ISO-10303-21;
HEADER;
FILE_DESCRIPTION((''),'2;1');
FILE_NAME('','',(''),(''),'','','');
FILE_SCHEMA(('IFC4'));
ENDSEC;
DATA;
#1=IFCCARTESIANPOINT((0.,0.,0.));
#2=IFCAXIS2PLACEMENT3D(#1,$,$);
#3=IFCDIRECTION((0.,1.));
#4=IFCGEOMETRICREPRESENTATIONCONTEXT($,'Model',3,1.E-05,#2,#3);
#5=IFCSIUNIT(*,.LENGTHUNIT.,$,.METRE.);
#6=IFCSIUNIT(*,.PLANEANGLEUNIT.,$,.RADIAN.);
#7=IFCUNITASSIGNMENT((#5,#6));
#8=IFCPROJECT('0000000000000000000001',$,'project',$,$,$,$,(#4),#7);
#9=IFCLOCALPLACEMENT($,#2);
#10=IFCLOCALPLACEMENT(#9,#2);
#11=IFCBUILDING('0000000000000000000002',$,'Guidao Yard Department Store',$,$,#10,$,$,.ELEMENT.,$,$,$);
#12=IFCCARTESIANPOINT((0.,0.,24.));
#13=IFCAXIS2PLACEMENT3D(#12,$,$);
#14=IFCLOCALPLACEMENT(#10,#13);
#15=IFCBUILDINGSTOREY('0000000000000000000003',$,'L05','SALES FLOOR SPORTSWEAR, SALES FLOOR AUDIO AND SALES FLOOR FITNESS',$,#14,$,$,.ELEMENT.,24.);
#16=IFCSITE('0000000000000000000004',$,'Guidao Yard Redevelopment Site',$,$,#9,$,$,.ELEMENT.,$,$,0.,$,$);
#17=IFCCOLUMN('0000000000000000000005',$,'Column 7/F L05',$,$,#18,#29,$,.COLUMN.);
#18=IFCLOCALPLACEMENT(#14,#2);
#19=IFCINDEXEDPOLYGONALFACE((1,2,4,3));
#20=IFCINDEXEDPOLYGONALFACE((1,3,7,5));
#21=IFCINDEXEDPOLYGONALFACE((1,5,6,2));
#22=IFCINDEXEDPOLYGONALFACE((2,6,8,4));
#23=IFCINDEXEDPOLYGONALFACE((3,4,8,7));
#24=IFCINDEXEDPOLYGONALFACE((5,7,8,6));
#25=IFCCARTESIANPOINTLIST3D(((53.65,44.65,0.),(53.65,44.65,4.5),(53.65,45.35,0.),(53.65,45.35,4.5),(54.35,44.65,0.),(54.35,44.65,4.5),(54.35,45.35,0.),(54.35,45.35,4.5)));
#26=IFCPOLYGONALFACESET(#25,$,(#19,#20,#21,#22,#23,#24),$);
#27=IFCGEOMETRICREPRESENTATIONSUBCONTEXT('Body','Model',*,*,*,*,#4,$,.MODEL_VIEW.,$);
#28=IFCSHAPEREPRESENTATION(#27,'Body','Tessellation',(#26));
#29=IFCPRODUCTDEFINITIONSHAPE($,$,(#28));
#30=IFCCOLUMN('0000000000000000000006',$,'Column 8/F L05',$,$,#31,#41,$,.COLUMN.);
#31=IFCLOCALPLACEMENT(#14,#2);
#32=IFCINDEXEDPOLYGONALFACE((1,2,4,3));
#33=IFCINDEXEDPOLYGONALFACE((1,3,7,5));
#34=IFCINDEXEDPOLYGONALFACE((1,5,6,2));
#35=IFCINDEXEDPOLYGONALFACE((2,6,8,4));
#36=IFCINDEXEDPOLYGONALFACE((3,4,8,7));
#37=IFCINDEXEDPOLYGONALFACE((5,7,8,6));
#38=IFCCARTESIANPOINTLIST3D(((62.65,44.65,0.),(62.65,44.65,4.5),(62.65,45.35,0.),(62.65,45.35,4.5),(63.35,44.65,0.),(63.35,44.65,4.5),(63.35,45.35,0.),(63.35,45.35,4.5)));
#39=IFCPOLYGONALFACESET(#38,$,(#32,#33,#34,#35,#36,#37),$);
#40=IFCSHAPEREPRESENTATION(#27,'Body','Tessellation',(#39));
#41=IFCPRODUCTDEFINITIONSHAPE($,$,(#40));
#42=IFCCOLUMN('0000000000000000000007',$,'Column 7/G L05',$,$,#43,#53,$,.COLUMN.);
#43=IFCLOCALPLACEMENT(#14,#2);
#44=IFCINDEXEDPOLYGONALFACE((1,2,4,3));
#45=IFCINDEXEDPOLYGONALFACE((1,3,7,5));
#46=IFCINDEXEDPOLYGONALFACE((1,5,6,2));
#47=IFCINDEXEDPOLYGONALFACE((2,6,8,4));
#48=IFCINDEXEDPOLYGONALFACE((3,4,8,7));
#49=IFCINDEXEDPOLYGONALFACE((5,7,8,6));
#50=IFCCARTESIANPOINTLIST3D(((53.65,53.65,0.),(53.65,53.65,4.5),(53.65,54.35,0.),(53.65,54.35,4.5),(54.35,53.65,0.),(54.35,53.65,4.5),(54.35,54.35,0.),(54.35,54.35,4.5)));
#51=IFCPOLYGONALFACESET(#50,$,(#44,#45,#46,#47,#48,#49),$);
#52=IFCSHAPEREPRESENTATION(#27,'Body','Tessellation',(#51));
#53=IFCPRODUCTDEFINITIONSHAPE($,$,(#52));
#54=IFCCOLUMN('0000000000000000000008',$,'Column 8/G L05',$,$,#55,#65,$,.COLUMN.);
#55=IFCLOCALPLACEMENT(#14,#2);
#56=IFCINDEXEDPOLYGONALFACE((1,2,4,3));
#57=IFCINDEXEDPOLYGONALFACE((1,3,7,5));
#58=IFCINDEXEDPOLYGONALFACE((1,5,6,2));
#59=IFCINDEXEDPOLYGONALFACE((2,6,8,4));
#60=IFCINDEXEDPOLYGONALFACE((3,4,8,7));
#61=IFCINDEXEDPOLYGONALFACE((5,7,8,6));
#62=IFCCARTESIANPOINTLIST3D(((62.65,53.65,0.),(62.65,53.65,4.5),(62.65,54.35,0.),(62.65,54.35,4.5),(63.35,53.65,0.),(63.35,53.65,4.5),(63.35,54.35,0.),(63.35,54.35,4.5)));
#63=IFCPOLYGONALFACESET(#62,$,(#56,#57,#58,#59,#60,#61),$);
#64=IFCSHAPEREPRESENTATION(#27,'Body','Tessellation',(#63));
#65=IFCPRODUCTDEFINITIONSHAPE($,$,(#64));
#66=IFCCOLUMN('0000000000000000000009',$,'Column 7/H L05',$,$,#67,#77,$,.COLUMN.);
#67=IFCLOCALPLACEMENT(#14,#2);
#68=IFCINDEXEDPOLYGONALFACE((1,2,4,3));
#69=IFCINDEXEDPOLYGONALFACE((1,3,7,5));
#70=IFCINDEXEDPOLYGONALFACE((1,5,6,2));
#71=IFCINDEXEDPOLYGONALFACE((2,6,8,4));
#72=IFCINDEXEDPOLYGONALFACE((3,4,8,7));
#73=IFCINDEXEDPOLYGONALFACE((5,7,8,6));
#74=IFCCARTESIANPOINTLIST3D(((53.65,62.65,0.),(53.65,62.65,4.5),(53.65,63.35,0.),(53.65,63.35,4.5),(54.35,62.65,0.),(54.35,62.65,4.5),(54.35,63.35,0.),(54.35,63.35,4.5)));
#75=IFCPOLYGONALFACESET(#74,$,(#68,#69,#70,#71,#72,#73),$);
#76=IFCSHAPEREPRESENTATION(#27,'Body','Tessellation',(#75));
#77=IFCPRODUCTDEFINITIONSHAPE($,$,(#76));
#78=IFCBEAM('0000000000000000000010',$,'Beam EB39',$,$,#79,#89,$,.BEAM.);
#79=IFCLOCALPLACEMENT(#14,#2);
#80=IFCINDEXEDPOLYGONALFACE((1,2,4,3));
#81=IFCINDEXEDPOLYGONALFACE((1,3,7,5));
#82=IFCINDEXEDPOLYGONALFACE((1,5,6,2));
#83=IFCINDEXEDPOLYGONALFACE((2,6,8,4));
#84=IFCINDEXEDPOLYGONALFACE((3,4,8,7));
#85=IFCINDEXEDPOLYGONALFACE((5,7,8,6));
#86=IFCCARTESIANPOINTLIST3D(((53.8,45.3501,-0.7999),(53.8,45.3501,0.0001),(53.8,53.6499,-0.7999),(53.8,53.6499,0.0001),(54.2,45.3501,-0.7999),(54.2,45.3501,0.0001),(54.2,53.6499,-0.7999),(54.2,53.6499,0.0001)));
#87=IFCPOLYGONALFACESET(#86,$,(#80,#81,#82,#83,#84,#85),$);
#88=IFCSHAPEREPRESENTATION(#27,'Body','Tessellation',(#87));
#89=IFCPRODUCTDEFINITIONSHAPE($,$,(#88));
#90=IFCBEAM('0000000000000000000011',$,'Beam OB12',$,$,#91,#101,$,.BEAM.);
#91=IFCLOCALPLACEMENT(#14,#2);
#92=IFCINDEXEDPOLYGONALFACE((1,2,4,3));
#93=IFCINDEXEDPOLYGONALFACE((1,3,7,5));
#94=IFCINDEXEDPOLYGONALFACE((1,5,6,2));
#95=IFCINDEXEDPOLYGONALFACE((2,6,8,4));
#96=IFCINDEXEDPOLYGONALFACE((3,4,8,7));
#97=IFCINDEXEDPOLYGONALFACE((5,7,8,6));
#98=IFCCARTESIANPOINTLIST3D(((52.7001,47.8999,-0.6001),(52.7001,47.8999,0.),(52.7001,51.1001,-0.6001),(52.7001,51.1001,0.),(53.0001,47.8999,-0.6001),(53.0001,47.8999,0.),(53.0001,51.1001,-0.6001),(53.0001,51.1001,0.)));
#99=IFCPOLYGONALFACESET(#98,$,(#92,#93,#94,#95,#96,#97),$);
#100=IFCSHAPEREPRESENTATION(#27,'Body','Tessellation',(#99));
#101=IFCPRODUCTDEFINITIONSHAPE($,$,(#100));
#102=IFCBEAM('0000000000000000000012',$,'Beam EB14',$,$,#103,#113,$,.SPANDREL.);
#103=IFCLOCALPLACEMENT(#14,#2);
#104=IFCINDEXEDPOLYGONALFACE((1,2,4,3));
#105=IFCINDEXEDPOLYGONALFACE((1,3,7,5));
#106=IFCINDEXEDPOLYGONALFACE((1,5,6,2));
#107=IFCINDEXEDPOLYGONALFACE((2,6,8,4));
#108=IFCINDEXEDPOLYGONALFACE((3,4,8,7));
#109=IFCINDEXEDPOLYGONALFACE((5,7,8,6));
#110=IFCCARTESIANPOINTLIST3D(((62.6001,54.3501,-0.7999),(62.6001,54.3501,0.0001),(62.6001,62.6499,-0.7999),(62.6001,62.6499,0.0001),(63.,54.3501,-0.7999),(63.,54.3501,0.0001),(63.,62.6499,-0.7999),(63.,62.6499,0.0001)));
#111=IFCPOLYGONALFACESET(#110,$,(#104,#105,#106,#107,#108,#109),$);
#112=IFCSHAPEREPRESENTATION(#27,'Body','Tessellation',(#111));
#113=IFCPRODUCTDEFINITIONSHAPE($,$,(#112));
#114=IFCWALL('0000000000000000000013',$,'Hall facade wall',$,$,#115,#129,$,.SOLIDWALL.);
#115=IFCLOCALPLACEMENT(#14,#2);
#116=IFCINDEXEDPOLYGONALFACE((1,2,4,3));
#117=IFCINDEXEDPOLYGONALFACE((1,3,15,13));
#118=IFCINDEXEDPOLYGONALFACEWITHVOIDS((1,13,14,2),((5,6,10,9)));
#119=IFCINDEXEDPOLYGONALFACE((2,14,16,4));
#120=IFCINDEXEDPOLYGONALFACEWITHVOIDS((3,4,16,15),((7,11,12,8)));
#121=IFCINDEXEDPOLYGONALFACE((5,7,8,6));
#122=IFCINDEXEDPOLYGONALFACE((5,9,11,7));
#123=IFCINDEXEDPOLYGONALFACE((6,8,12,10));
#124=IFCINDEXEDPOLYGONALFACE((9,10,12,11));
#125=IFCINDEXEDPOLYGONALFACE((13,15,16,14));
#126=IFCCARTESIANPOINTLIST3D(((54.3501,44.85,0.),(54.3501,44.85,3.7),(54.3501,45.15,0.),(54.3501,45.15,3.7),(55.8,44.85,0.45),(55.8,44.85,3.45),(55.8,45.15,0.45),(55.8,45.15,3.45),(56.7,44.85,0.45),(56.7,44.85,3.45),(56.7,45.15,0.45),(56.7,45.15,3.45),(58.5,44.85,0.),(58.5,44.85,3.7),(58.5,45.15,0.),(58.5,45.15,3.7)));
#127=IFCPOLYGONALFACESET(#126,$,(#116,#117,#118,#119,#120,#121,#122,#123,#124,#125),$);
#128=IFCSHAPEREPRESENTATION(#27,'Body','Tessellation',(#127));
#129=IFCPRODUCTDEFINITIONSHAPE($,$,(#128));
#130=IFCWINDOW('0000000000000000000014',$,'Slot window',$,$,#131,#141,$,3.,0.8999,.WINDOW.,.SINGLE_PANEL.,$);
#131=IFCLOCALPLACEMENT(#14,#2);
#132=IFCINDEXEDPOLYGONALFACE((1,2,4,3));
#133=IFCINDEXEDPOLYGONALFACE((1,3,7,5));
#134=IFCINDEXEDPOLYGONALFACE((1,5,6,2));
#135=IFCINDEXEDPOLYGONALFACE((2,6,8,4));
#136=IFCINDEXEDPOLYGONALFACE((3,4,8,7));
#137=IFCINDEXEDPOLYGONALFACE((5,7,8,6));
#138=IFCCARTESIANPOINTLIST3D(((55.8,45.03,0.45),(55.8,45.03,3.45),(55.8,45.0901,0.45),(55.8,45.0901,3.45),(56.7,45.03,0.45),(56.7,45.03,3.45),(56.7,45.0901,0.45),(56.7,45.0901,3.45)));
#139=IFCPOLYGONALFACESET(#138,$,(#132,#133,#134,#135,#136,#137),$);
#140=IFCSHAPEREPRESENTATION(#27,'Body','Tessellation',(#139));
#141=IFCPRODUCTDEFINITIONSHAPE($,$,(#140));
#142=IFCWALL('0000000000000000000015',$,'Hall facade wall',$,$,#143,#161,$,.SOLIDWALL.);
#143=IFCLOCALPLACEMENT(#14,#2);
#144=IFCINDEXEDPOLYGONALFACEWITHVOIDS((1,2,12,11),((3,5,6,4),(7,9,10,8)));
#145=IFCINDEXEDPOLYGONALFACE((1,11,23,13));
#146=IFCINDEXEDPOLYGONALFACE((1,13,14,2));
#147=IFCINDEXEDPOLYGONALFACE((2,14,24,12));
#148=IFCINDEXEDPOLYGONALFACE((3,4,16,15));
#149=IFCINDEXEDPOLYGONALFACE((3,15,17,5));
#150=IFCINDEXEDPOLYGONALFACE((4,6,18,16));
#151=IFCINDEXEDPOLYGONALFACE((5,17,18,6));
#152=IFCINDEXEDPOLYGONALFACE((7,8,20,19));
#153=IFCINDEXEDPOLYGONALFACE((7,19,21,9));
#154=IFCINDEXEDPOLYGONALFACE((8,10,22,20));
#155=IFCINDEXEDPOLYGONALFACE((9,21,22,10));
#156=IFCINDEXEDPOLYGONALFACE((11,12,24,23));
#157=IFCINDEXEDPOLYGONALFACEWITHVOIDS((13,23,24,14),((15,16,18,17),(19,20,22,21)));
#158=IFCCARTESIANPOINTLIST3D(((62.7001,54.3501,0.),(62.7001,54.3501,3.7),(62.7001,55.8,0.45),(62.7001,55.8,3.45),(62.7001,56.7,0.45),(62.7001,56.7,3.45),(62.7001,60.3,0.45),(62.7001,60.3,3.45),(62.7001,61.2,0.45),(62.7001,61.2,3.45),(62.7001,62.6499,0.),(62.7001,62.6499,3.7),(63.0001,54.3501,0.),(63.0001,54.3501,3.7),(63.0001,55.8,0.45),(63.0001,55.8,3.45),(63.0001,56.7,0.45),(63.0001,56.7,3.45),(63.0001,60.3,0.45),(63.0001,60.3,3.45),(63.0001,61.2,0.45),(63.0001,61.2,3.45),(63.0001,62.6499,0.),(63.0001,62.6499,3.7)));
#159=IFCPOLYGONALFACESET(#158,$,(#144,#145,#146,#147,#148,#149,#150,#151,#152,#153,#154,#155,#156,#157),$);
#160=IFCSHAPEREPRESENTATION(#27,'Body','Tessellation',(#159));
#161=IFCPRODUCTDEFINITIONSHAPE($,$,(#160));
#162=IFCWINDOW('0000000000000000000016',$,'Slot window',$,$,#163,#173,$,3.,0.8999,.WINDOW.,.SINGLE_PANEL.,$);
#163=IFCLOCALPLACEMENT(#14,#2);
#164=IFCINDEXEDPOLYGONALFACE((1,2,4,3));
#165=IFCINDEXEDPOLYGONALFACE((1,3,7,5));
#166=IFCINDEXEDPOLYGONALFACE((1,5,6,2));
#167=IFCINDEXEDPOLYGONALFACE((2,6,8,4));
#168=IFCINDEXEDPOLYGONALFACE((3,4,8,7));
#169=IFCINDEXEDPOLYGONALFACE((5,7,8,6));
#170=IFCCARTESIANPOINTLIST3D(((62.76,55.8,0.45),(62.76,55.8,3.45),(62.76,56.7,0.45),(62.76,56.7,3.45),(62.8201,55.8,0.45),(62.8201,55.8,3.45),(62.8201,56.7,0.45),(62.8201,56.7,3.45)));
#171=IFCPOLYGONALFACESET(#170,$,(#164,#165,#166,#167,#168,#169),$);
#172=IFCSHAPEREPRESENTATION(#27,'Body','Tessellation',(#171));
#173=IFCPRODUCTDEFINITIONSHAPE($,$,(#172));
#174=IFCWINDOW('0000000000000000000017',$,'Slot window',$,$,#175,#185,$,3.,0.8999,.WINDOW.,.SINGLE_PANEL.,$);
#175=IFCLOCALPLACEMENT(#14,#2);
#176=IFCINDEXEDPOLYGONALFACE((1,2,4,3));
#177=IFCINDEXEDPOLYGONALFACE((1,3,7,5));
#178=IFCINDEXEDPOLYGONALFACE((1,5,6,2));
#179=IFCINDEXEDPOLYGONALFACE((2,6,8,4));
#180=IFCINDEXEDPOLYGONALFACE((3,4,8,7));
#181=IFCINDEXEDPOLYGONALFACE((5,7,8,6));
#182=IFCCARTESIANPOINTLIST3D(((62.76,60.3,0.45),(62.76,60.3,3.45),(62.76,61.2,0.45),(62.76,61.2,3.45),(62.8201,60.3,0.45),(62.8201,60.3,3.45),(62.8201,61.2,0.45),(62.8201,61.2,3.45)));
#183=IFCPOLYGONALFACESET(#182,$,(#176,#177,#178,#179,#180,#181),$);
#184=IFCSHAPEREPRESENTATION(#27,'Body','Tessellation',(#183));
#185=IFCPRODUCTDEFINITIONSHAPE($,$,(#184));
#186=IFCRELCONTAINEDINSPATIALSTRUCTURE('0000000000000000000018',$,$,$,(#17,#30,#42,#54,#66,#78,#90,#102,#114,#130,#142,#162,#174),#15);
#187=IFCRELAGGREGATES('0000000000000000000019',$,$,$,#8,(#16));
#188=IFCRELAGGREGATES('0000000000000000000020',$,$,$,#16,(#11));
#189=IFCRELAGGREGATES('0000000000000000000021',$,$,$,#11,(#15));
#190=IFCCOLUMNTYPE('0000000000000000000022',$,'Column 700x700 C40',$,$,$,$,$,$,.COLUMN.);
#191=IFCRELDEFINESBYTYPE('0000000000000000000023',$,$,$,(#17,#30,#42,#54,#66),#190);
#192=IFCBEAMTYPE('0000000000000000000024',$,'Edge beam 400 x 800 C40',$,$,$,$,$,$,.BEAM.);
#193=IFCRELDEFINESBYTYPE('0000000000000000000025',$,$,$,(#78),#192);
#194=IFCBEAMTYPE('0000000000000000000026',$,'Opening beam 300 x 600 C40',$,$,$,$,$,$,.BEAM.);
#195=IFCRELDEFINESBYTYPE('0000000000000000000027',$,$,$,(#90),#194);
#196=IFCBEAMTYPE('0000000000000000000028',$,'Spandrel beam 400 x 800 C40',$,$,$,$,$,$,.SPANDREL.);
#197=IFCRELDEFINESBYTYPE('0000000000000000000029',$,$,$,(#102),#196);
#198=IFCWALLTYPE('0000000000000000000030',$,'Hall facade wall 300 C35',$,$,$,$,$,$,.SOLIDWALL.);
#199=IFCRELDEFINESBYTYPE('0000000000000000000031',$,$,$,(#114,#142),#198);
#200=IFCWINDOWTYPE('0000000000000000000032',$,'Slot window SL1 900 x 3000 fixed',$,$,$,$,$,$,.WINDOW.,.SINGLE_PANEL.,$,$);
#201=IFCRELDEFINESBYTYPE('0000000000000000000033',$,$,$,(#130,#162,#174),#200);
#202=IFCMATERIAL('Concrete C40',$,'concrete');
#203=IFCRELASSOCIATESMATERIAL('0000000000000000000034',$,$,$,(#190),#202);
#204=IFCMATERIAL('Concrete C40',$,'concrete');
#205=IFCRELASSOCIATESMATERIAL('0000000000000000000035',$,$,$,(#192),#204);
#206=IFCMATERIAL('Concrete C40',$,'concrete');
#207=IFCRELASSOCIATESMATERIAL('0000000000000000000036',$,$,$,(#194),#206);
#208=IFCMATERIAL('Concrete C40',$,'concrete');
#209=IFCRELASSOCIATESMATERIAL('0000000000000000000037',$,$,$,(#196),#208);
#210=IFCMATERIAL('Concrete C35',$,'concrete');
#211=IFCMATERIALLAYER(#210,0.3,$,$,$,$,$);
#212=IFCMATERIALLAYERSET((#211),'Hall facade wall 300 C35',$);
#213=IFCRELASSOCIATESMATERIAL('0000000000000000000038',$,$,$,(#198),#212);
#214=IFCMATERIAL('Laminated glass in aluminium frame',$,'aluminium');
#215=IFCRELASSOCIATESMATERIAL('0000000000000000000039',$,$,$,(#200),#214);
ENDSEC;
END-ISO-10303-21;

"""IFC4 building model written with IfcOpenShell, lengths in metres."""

from ifc_helpers import new_model, si_unit, direction, frame, frame_2d, origin, origin_2d, place, context, subcontext, project, spatial, rectangle, extrude, material, layer, layer_set, material_profile, profile_set, type_object, element, fill, save


model = new_model("IFC4")

# Units and contexts
model_context = context("Model", 3, precision=1e-05, world=origin(), true_north=direction((0.0, 1.0)))
body_context = subcontext(model_context, "Body", "Model", "MODEL_VIEW")
ifc_project = project(units=[si_unit("LENGTHUNIT", "METRE"), si_unit("PLANEANGLEUNIT", "RADIAN")], contexts=[model_context])

# Site, building, storey
site_placement = place(None, origin())
site = spatial("IfcSite", under=ifc_project, at=site_placement, Name="Guidao Yard Redevelopment Site", CompositionType="ELEMENT", RefElevation=0.0)
building_placement = place(site_placement, origin())
building = spatial("IfcBuilding", under=site, at=building_placement, Name="Guidao Yard Department Store", CompositionType="ELEMENT")
storey_placement = place(building_placement, frame((0.0, 0.0, 24.0)))
storey = spatial("IfcBuildingStorey", under=building, at=storey_placement, Name="L05", Description="SALES FLOOR SPORTSWEAR, SALES FLOOR AUDIO AND SALES FLOOR FITNESS", CompositionType="ELEMENT", Elevation=24.0)

# Columns
ifc_material_1 = material(Name="Concrete C40", Category="concrete")
ifc_material_profile_1 = material_profile(ifc_material_1, rectangle(XDim=0.7, YDim=0.7, at=origin_2d()), Name="COL 700x700")
ifc_profile_set_1 = profile_set([ifc_material_profile_1], Name="Concrete C40")
column_type = type_object("IfcColumnType", Name="Column 700x700 C40", PredefinedType="COLUMN", material=ifc_profile_set_1)
for number, where, z_axis, x_axis, name in (
    (1, (54.0, 45.0, 0.0), (0.0, 0.0, 1.0), (1.0, 0.0, 0.0), "Column 7/F L05"),
    (2, (63.0, 45.0, 0.0), (0.0, 0.0, 1.0), (1.0, 0.0, 0.0), "Column 8/F L05"),
    (3, (54.0, 54.0, 0.0), (0.0, 0.0, 1.0), (1.0, 0.0, 0.0), "Column 7/G L05"),
    (4, (63.0, 54.0, 0.0), (0.0, 0.0, 1.0), (1.0, 0.0, 0.0), "Column 8/G L05"),
    (5, (54.0, 63.0, 0.0), (0.0, 0.0, 1.0), (1.0, 0.0, 0.0), "Column 7/H L05"),
):
    element("IfcColumn", number, at=place(storey_placement, frame(where, z_axis=z_axis, x_axis=x_axis)), inside=storey, type_object=column_type, Name=name, PredefinedType="COLUMN", context=body_context, shape_type="SweptSolid", body=[
        extrude(rectangle(XDim=0.7, YDim=0.7, at=origin_2d()), origin(), (0.0, 0.0, 1.0), 4.5),
    ])

# Beams
ifc_material_2 = material(Name="Concrete C40", Category="concrete")
ifc_material_profile_2 = material_profile(ifc_material_2, rectangle(XDim=0.3999, YDim=0.8, at=origin_2d()), Name="Edge beam 400 x 800 C40")
ifc_profile_set_2 = profile_set([ifc_material_profile_2], Name="Concrete C40")
beam_type_1 = type_object("IfcBeamType", Name="Edge beam 400 x 800 C40", PredefinedType="BEAM", material=ifc_profile_set_2)
beam_1_placement = place(storey_placement, frame((54.0, 45.3501, -0.3999), z_axis=(0.0, 1.0, 0.0), x_axis=(-1.0, 0.0, 0.0)))
element("IfcBeam", 6, at=beam_1_placement, inside=storey, type_object=beam_type_1, Name="Beam EB39", PredefinedType="BEAM", context=body_context, shape_type="SweptSolid", body=[
    extrude(rectangle(XDim=0.3999, YDim=0.8, at=origin_2d()), origin(), (0.0, 0.0, 1.0), 8.2998),
])
ifc_material_3 = material(Name="Concrete C40", Category="concrete")
ifc_material_profile_3 = material_profile(ifc_material_3, rectangle(XDim=0.3, YDim=0.6001, at=origin_2d()), Name="Opening beam 300 x 600 C40")
ifc_profile_set_3 = profile_set([ifc_material_profile_3], Name="Concrete C40")
beam_type_2 = type_object("IfcBeamType", Name="Opening beam 300 x 600 C40", PredefinedType="BEAM", material=ifc_profile_set_3)
beam_2_placement = place(storey_placement, frame((52.8501, 47.8999, -0.3), z_axis=(0.0, 1.0, 0.0), x_axis=(-1.0, 0.0, 0.0)))
element("IfcBeam", 7, at=beam_2_placement, inside=storey, type_object=beam_type_2, Name="Beam OB12", PredefinedType="BEAM", context=body_context, shape_type="SweptSolid", body=[
    extrude(rectangle(XDim=0.3, YDim=0.6001, at=origin_2d()), origin(), (0.0, 0.0, 1.0), 3.2002),
])
ifc_material_4 = material(Name="Concrete C40", Category="concrete")
ifc_material_profile_4 = material_profile(ifc_material_4, rectangle(XDim=0.3999, YDim=0.8, at=origin_2d()), Name="Spandrel beam 400 x 800 C40")
ifc_profile_set_4 = profile_set([ifc_material_profile_4], Name="Concrete C40")
beam_type_3 = type_object("IfcBeamType", Name="Spandrel beam 400 x 800 C40", PredefinedType="SPANDREL", material=ifc_profile_set_4)
beam_3_placement = place(storey_placement, frame((62.8, 54.3501, -0.3999), z_axis=(0.0, 1.0, 0.0), x_axis=(-1.0, 0.0, 0.0)))
element("IfcBeam", 8, at=beam_3_placement, inside=storey, type_object=beam_type_3, Name="Beam EB14", PredefinedType="SPANDREL", context=body_context, shape_type="SweptSolid", body=[
    extrude(rectangle(XDim=0.3999, YDim=0.8, at=origin_2d()), origin(), (0.0, 0.0, 1.0), 8.2998),
])

# Wall, opening, window
ifc_material_5 = material(Name="Concrete C35", Category="concrete")
ifc_layer_1 = layer(ifc_material_5, 0.3)
ifc_layer_set_1 = layer_set([ifc_layer_1], Name="Hall facade wall 300 C35")
wall_type_1 = type_object("IfcWallType", Name="Hall facade wall 300 C35", PredefinedType="SOLIDWALL", material=ifc_layer_set_1)
wall_1_placement = place(storey_placement, frame((58.5, 45.0, 0.0), z_axis=(0.0, 0.0, 1.0), x_axis=(-1.0, 0.0, 0.0)))
wall_1 = element("IfcWall", 9, at=wall_1_placement, inside=storey, type_object=wall_type_1, Name="Hall facade wall", PredefinedType="SOLIDWALL", context=body_context, shape_type="SweptSolid", body=[
    extrude(rectangle(XDim=4.1499, YDim=0.3, at=frame_2d((2.075, 0.0))), origin(), (0.0, 0.0, 1.0), 3.7),
])
opening_1_placement = place(wall_1_placement, frame((1.8, 0.0, 0.45)))
opening_1 = element("IfcOpeningElement", 10, at=opening_1_placement, cuts=wall_1, PredefinedType="OPENING", context=body_context, shape_type="SweptSolid", body=[
    extrude(rectangle(XDim=0.8999, YDim=3.0, at=frame_2d((0.45, 1.5))), frame((0.0, 0.1599, 0.0), z_axis=(0.0, -1.0, 0.0), x_axis=(1.0, 0.0, 0.0)), (0.0, 0.0, 1.0), 0.3201),
])
ifc_material_6 = material(Name="Laminated glass in aluminium frame", Category="aluminium")
window_type = type_object("IfcWindowType", Name="Slot window SL1 900 x 3000 fixed", PartitioningType="SINGLE_PANEL", PredefinedType="WINDOW", material=ifc_material_6)
window_1_placement = place(opening_1_placement, origin())
window_1 = element("IfcWindow", 11, at=window_1_placement, inside=storey, type_object=window_type, Name="Slot window", OverallHeight=3.0, OverallWidth=0.8999, PartitioningType="SINGLE_PANEL", PredefinedType="WINDOW", context=body_context, shape_type="SweptSolid", body=[
    extrude(rectangle(XDim=0.8999, YDim=3.0, at=frame_2d((0.45, 1.5))), frame((0.0, -0.03, 0.0), z_axis=(0.0, -1.0, 0.0), x_axis=(1.0, 0.0, 0.0)), (0.0, 0.0, 1.0), 0.0601),
])
fill(opening_1, window_1)

# Wall, openings, windows
wall_2_placement = place(storey_placement, frame((62.8501, 62.6499, 0.0), z_axis=(0.0, 0.0, 1.0), x_axis=(0.0, -1.0, 0.0)))
wall_2 = element("IfcWall", 12, at=wall_2_placement, inside=storey, type_object=wall_type_1, Name="Hall facade wall", PredefinedType="SOLIDWALL", context=body_context, shape_type="SweptSolid", body=[
    extrude(rectangle(XDim=8.2998, YDim=0.3, at=frame_2d((4.1499, 0.0))), origin(), (0.0, 0.0, 1.0), 3.7),
])
opening_2_placement = place(wall_2_placement, frame((5.95, 0.0, 0.45)))
opening_2 = element("IfcOpeningElement", 13, at=opening_2_placement, cuts=wall_2, PredefinedType="OPENING", context=body_context, shape_type="SweptSolid", body=[
    extrude(rectangle(XDim=0.8999, YDim=3.0, at=frame_2d((0.45, 1.5))), frame((0.0, 0.1599, 0.0), z_axis=(0.0, -1.0, 0.0), x_axis=(1.0, 0.0, 0.0)), (0.0, 0.0, 1.0), 0.3201),
])
opening_3_placement = place(wall_2_placement, frame((1.45, 0.0, 0.45)))
opening_3 = element("IfcOpeningElement", 14, at=opening_3_placement, cuts=wall_2, PredefinedType="OPENING", context=body_context, shape_type="SweptSolid", body=[
    extrude(rectangle(XDim=0.8999, YDim=3.0, at=frame_2d((0.45, 1.5))), frame((0.0, 0.1599, 0.0), z_axis=(0.0, -1.0, 0.0), x_axis=(1.0, 0.0, 0.0)), (0.0, 0.0, 1.0), 0.3201),
])
window_2_placement = place(opening_2_placement, origin())
window_2 = element("IfcWindow", 15, at=window_2_placement, inside=storey, type_object=window_type, Name="Slot window", OverallHeight=3.0, OverallWidth=0.8999, PartitioningType="SINGLE_PANEL", PredefinedType="WINDOW", context=body_context, shape_type="SweptSolid", body=[
    extrude(rectangle(XDim=0.8999, YDim=3.0, at=frame_2d((0.45, 1.5))), frame((0.0, -0.03, 0.0), z_axis=(0.0, -1.0, 0.0), x_axis=(1.0, 0.0, 0.0)), (0.0, 0.0, 1.0), 0.0601),
])
fill(opening_2, window_2)
window_3_placement = place(opening_3_placement, origin())
window_3 = element("IfcWindow", 16, at=window_3_placement, inside=storey, type_object=window_type, Name="Slot window", OverallHeight=3.0, OverallWidth=0.8999, PartitioningType="SINGLE_PANEL", PredefinedType="WINDOW", context=body_context, shape_type="SweptSolid", body=[
    extrude(rectangle(XDim=0.8999, YDim=3.0, at=frame_2d((0.45, 1.5))), frame((0.0, -0.03, 0.0), z_axis=(0.0, -1.0, 0.0), x_axis=(1.0, 0.0, 0.0)), (0.0, 0.0, 1.0), 0.0601),
])
fill(opening_3, window_3)

save(model, "model.ifc")
